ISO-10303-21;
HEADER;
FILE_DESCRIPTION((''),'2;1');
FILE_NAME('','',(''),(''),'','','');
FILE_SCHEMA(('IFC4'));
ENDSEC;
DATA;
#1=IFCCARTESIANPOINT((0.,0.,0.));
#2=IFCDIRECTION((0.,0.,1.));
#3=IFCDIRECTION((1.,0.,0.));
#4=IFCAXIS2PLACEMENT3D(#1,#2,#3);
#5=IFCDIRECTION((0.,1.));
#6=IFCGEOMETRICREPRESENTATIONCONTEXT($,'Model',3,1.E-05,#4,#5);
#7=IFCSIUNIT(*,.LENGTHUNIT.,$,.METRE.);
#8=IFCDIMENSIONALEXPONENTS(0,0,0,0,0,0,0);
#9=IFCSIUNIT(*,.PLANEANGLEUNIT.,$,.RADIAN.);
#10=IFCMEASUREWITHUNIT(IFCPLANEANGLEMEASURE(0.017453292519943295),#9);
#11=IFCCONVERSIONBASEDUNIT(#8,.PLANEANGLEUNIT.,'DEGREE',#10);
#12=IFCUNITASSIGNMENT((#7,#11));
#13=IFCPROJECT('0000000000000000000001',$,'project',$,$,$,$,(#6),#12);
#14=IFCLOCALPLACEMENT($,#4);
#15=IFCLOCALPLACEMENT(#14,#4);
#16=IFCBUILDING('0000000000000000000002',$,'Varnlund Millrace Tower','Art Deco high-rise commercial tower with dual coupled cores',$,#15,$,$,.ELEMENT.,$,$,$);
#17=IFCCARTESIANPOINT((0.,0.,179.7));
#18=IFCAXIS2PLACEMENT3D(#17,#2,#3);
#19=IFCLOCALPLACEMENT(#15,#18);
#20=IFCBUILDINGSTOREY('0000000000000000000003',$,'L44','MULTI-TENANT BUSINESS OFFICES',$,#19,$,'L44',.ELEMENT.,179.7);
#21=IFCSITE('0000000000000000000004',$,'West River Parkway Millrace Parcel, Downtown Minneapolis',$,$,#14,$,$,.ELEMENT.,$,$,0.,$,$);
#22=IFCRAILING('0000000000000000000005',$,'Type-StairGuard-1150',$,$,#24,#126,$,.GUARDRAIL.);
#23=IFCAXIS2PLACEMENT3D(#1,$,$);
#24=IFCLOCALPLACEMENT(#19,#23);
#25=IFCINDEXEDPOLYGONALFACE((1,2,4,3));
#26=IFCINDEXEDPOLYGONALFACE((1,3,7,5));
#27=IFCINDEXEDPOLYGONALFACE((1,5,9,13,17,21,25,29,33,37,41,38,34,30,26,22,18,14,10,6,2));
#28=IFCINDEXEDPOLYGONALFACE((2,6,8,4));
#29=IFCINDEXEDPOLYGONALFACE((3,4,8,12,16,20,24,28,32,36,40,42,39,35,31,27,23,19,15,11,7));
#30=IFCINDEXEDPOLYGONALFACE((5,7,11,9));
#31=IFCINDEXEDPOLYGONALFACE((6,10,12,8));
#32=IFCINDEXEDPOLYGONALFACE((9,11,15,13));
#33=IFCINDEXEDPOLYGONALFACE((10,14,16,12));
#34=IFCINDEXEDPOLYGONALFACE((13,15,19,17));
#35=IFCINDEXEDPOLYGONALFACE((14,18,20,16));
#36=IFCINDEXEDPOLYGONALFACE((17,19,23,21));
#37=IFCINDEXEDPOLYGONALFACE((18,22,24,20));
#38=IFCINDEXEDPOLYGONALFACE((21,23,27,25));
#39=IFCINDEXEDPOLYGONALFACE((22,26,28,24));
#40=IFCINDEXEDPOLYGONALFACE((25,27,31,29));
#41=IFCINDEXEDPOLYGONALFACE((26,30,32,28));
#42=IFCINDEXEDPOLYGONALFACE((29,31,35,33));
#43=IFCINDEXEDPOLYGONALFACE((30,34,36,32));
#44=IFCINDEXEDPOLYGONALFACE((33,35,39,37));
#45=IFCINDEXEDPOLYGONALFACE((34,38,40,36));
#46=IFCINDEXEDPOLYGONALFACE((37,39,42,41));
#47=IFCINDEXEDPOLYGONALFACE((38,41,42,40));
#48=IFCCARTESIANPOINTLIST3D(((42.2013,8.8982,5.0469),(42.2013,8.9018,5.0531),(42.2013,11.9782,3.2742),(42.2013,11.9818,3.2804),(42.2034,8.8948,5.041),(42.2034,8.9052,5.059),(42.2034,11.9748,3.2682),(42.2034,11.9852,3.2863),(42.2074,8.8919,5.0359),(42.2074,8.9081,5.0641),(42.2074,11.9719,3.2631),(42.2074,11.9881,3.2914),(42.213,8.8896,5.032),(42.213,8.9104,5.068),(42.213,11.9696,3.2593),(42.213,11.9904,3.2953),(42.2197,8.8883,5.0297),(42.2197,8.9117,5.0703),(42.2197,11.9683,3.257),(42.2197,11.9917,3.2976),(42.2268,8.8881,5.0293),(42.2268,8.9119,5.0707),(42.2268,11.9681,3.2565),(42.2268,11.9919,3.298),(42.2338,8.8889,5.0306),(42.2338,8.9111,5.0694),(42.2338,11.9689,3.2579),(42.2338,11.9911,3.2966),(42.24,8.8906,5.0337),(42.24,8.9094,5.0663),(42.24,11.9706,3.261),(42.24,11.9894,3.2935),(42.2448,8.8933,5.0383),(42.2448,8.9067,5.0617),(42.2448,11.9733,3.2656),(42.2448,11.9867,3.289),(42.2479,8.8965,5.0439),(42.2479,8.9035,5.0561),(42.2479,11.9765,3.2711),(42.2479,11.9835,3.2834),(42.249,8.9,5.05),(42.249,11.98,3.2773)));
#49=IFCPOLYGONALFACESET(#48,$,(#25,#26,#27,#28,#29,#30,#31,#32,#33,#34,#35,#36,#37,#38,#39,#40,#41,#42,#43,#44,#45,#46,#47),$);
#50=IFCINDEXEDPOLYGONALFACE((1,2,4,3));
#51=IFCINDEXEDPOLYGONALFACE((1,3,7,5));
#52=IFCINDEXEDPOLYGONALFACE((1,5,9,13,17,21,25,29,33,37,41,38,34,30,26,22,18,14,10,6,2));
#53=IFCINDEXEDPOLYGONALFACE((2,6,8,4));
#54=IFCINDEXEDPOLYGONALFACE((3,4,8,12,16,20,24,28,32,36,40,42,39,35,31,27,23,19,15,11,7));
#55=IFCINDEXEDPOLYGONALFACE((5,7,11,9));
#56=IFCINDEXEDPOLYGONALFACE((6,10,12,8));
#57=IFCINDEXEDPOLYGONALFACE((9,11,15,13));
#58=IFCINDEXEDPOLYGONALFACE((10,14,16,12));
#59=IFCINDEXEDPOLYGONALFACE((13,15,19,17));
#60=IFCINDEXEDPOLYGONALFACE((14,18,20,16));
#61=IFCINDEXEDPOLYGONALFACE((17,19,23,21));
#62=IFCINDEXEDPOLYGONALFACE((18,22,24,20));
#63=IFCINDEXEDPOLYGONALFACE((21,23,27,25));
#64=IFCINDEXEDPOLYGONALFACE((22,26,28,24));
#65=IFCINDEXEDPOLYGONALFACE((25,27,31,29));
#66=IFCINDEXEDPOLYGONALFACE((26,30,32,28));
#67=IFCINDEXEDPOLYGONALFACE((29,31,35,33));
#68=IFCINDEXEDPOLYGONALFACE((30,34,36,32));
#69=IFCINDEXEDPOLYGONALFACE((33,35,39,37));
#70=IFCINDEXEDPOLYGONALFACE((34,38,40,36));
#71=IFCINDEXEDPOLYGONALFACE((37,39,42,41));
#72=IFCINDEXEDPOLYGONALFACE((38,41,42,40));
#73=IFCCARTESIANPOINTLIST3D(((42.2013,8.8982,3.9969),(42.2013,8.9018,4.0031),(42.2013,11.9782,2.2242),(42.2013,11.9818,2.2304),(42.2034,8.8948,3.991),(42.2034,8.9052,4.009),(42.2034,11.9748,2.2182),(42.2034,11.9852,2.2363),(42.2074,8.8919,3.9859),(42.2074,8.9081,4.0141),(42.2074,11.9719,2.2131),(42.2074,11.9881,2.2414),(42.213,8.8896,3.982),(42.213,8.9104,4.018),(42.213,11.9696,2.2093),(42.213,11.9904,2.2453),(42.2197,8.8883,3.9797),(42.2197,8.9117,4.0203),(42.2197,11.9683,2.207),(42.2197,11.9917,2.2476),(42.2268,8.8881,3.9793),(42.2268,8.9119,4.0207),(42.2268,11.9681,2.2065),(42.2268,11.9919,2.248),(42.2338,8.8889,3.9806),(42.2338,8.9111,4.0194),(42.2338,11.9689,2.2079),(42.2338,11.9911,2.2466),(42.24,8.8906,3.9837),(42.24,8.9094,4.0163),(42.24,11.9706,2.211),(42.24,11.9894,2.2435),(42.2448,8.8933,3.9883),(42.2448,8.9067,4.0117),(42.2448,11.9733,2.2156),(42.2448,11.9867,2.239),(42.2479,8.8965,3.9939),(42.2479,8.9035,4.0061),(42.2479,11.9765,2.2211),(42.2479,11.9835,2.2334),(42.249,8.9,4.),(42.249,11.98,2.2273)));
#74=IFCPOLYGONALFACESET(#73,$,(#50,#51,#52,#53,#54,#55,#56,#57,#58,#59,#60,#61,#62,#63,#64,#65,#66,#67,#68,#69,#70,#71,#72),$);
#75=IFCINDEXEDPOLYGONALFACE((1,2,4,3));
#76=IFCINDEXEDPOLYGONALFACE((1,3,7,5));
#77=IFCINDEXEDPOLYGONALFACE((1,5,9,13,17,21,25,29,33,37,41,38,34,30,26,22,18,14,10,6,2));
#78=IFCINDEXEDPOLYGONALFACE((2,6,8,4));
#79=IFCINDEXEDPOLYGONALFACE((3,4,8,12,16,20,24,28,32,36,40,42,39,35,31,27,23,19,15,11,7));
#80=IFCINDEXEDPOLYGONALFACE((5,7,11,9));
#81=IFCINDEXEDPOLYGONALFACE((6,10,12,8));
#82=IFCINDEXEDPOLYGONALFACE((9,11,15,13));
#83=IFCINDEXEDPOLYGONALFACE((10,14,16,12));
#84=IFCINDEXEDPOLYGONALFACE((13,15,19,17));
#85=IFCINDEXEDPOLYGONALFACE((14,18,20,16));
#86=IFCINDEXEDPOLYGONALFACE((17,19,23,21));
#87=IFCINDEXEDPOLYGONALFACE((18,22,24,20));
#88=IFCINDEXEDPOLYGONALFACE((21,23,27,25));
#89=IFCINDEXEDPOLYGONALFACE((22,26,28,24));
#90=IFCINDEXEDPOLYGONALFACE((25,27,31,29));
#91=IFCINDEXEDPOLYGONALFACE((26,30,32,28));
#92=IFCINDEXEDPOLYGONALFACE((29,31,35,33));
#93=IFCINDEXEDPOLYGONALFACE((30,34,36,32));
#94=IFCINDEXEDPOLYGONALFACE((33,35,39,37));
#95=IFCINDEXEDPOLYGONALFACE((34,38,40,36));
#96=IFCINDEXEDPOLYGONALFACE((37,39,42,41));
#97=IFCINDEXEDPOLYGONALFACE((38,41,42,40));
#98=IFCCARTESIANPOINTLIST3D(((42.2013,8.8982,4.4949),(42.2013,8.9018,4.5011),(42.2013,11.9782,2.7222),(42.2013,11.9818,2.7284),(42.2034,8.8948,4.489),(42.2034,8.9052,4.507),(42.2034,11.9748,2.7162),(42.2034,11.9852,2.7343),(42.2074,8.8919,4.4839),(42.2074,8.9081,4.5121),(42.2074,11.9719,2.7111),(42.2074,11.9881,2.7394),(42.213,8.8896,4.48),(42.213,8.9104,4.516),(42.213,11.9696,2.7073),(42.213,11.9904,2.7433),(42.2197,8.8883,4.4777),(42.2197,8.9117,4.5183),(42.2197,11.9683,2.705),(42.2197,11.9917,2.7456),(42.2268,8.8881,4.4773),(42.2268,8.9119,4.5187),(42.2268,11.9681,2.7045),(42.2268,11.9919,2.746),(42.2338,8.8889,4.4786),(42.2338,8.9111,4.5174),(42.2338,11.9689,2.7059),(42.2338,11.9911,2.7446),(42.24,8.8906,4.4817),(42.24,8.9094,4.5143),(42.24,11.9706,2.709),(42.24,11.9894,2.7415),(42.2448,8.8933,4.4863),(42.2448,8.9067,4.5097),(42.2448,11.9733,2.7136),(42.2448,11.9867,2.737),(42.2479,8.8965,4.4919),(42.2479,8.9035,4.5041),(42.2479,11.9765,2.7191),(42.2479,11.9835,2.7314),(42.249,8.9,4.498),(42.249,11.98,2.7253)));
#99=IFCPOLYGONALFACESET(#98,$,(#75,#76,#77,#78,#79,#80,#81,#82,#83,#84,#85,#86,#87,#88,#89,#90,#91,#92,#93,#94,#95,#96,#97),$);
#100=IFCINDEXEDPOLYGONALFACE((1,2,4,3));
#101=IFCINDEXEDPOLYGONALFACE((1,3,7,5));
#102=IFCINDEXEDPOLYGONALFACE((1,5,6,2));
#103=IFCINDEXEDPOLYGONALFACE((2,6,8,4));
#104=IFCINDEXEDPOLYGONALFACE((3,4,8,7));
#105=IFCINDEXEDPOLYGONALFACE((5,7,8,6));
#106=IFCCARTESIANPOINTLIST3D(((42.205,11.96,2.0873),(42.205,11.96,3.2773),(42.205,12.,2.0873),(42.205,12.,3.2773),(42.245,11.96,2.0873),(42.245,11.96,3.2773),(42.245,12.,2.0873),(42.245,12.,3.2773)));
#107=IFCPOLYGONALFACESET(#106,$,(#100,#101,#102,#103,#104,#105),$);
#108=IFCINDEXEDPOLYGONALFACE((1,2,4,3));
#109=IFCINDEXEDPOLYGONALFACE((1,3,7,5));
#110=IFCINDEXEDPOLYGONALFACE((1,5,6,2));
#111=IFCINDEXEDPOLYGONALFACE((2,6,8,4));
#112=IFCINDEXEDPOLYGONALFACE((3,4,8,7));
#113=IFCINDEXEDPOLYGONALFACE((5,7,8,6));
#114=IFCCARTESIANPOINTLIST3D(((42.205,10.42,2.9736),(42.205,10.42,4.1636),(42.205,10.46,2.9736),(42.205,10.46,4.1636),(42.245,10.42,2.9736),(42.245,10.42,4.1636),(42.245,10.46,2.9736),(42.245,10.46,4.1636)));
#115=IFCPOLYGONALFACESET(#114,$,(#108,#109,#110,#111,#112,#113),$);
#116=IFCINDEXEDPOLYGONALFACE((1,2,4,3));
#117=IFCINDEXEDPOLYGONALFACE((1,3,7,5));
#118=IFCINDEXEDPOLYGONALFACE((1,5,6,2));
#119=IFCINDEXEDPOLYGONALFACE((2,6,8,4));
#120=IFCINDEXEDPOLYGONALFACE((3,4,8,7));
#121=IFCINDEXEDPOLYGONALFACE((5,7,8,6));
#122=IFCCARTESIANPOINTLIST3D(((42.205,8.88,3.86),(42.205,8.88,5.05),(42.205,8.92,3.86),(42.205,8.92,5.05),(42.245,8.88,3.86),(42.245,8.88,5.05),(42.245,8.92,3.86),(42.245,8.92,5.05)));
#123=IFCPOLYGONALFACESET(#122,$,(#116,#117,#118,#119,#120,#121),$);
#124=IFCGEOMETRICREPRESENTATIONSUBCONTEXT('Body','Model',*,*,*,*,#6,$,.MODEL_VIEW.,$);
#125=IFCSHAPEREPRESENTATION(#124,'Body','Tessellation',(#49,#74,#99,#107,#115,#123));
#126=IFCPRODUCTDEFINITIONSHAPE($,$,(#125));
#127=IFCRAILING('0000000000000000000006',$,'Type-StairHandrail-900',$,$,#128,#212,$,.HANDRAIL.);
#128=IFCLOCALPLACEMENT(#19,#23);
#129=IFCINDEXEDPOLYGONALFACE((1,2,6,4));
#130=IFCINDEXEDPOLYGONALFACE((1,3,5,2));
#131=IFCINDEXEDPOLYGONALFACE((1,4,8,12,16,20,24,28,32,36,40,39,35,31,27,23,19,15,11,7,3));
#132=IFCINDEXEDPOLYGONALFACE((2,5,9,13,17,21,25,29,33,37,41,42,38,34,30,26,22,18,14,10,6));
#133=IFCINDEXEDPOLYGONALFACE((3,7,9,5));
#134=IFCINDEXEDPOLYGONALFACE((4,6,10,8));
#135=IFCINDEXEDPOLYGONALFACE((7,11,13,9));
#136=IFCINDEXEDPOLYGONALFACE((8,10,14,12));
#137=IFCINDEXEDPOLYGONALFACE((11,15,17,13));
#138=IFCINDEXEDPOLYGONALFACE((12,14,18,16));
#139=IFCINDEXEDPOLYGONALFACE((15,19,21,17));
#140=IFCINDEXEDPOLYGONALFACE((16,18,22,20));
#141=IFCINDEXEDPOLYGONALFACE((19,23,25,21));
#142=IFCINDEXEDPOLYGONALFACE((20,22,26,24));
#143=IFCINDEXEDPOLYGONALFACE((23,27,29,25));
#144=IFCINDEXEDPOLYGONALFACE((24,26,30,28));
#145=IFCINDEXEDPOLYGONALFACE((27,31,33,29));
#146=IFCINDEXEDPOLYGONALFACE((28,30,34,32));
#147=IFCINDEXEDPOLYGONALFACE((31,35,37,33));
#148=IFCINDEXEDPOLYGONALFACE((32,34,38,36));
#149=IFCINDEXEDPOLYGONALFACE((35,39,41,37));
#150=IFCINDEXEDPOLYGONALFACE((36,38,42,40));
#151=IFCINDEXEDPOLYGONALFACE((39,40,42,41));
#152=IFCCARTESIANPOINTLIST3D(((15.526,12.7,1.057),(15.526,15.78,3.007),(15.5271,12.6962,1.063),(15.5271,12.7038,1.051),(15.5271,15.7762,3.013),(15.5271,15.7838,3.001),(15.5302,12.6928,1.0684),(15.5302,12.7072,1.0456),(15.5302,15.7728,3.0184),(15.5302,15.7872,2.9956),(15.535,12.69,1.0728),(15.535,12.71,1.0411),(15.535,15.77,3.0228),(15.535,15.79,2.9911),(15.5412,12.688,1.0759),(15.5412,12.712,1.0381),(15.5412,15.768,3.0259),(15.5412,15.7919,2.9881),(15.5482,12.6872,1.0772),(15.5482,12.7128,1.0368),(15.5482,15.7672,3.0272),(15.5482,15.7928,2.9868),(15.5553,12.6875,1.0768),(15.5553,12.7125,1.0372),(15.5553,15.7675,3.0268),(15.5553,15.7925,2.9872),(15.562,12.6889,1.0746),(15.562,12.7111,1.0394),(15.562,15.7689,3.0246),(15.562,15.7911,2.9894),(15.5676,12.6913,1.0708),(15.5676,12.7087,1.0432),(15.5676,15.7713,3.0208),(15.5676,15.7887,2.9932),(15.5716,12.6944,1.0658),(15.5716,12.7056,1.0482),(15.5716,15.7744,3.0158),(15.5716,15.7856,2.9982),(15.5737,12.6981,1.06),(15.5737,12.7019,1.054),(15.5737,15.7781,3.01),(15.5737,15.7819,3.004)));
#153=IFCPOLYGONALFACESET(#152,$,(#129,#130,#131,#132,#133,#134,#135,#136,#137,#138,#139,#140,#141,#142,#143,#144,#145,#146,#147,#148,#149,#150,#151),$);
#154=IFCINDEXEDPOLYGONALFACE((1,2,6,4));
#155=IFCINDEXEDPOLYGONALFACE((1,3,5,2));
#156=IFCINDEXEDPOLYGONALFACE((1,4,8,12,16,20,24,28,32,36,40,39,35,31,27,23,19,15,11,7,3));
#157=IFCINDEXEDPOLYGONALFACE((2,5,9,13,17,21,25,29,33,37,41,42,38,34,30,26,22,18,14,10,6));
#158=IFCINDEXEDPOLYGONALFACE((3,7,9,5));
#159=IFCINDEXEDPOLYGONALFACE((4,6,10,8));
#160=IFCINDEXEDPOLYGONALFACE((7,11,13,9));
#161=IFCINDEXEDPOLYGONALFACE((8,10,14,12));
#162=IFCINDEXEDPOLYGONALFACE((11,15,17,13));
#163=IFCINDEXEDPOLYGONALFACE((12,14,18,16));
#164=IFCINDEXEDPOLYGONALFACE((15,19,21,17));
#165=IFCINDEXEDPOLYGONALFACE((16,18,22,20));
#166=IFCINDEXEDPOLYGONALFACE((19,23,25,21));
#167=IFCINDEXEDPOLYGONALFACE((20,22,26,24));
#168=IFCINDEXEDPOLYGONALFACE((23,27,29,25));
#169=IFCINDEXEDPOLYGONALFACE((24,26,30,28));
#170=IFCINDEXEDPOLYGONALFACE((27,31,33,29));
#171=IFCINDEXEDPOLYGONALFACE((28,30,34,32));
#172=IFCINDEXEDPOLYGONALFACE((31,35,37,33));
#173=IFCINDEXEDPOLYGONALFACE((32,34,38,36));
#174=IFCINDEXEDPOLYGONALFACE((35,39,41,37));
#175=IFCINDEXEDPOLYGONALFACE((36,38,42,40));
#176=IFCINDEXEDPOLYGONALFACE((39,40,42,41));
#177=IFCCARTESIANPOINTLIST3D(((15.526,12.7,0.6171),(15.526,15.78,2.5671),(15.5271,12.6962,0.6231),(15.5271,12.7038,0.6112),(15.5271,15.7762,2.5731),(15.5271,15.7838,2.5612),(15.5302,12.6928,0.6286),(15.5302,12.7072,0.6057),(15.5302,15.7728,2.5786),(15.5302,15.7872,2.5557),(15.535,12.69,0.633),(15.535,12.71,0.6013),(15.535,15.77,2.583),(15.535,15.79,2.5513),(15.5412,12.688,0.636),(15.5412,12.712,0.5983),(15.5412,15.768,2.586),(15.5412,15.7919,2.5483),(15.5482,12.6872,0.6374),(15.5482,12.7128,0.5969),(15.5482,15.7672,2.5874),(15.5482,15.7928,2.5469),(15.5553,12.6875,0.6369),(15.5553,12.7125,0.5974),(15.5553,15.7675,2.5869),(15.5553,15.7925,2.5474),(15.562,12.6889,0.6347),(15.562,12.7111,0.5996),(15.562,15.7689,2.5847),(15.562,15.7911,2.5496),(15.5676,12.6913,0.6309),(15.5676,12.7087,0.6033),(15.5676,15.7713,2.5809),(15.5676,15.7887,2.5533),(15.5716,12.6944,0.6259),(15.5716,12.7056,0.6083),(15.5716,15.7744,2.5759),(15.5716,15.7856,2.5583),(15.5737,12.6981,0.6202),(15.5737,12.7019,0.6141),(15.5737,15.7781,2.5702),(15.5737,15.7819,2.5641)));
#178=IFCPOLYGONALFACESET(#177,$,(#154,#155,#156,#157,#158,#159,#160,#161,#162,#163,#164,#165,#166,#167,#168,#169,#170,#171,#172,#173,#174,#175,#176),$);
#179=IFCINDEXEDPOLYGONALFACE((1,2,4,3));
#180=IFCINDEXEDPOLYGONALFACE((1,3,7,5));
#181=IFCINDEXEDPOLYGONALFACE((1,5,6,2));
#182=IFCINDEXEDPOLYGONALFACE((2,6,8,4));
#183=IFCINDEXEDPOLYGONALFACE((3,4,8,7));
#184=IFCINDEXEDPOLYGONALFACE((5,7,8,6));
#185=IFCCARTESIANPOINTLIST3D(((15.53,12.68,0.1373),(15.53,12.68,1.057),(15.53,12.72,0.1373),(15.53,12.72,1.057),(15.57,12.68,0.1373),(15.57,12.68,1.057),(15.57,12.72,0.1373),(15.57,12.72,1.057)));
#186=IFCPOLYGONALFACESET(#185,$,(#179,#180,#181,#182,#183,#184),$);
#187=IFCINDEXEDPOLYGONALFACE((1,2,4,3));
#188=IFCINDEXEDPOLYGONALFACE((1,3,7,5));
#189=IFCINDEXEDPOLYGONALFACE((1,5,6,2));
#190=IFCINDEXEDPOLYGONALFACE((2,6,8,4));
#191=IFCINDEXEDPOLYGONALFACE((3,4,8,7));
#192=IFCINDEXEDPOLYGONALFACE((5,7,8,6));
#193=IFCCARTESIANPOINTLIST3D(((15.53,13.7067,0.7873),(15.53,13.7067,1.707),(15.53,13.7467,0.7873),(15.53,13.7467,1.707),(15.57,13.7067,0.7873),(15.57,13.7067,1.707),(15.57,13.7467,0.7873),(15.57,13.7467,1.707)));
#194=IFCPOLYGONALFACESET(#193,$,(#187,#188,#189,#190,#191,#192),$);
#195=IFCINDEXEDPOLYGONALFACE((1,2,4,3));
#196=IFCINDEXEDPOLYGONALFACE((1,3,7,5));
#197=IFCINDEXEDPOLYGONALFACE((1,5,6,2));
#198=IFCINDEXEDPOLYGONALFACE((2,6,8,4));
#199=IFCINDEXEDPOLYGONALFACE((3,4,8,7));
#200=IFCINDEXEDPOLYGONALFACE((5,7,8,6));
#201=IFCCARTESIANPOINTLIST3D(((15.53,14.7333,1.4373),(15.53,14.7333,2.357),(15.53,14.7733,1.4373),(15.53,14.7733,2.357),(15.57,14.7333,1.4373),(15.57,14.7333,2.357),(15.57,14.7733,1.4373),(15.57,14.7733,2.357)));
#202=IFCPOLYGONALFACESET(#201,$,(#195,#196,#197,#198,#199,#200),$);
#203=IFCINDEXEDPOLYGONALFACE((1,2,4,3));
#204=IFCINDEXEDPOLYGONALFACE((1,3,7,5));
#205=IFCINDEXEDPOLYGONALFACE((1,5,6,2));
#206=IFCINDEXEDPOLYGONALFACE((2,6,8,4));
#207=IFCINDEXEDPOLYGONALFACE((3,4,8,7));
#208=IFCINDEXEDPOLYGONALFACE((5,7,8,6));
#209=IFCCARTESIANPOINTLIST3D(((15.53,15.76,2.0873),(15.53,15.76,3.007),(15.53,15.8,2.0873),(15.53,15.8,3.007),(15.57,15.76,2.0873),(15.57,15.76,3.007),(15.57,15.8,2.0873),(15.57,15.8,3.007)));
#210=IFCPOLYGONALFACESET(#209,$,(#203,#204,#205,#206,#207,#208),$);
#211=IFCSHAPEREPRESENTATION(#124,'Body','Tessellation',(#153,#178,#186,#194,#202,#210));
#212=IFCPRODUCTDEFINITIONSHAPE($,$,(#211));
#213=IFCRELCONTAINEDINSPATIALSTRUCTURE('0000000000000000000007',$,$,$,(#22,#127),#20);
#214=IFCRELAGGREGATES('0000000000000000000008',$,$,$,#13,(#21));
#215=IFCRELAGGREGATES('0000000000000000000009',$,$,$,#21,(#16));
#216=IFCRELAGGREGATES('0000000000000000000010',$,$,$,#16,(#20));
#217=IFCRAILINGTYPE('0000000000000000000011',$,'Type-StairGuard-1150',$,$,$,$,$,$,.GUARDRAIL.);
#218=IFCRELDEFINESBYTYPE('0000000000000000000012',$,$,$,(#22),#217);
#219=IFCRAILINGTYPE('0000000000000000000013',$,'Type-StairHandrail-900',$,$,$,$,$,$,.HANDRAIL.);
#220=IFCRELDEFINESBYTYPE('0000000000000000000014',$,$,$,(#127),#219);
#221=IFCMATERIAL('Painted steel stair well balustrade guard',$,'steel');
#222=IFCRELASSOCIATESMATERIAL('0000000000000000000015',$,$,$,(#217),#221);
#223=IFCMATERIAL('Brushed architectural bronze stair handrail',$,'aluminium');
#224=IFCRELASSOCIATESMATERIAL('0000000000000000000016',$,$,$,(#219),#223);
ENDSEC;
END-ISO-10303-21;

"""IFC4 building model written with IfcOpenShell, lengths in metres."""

from ifc_helpers import new_model, entity, si_unit, converted_unit, direction, frame, origin_with_axes, origin_2d_with_axis, place, context, subcontext, project, spatial, rectangle, circle, extrude, material, type_object, element, save


model = new_model("IFC4")

# Units and contexts
model_context = context("Model", 3, precision=1e-05, world=origin_with_axes(), true_north=direction((0.0, 1.0)))
body_context = subcontext(model_context, "Body", "Model", "MODEL_VIEW")
ifc_project = project(units=[si_unit("LENGTHUNIT", "METRE"), converted_unit("PLANEANGLEUNIT", "DEGREE", entity("IfcPlaneAngleMeasure", 0.017453292519943295), si_unit("PLANEANGLEUNIT", "RADIAN"), dimensions=[0, 0, 0, 0, 0, 0, 0])], contexts=[model_context])

# Site, building, storey
site_placement = place(None, origin_with_axes())
site = spatial("IfcSite", under=ifc_project, at=site_placement, Name="West River Parkway Millrace Parcel, Downtown Minneapolis", CompositionType="ELEMENT", RefElevation=0.0)
building_placement = place(site_placement, origin_with_axes())
building = spatial("IfcBuilding", under=site, at=building_placement, Name="Varnlund Millrace Tower", Description="Art Deco high-rise commercial tower with dual coupled cores", CompositionType="ELEMENT")
storey_placement = place(building_placement, frame((0.0, 0.0, 179.7), z_axis=(0.0, 0.0, 1.0), x_axis=(1.0, 0.0, 0.0)))
storey = spatial("IfcBuildingStorey", under=building, at=storey_placement, Name="L44", Description="MULTI-TENANT BUSINESS OFFICES", LongName="L44", CompositionType="ELEMENT", Elevation=179.7)

# Railings
ifc_material_1 = material(Name="Painted steel stair well balustrade guard", Category="steel")
railing_type_1 = type_object("IfcRailingType", Name="Type-StairGuard-1150", PredefinedType="GUARDRAIL", material=ifc_material_1)
railing_1_placement = place(storey_placement, frame((0.0, 0.0, -179.7), z_axis=(0.0, 0.0, 1.0), x_axis=(1.0, 0.0, 0.0)))
element("IfcRailing", 1, at=railing_1_placement, inside=storey, type_object=railing_type_1, Name="Type-StairGuard-1150", PredefinedType="GUARDRAIL", context=body_context, shape_type="SweptSolid", body=[
    extrude(circle(Radius=0.024, at=origin_2d_with_axis()), frame((42.225, 11.98, 182.9773), z_axis=(0.0, -0.866696, 0.498836), x_axis=(1.0, 0.0, 0.0)), (0.0, 0.0, 1.0), 3.5537),
    extrude(circle(Radius=0.024, at=origin_2d_with_axis()), frame((42.225, 11.98, 181.9273), z_axis=(0.0, -0.866696, 0.498836), x_axis=(1.0, 0.0, 0.0)), (0.0, 0.0, 1.0), 3.5537),
    extrude(circle(Radius=0.024, at=origin_2d_with_axis()), frame((42.225, 11.98, 182.4253), z_axis=(0.0, -0.866696, 0.498836), x_axis=(1.0, 0.0, 0.0)), (0.0, 0.0, 1.0), 3.5537),
    extrude(rectangle(XDim=0.04, YDim=0.04, at=origin_2d_with_axis()), frame((42.225, 11.98, 181.7873), z_axis=(0.0, 0.0, 1.0), x_axis=(1.0, 0.0, 0.0)), (0.0, 0.0, 1.0), 1.19),
    extrude(rectangle(XDim=0.04, YDim=0.04, at=origin_2d_with_axis()), frame((42.225, 10.44, 182.6736), z_axis=(0.0, 0.0, 1.0), x_axis=(1.0, 0.0, 0.0)), (0.0, 0.0, 1.0), 1.19),
    extrude(rectangle(XDim=0.04, YDim=0.04, at=origin_2d_with_axis()), frame((42.225, 8.9, 183.56), z_axis=(0.0, 0.0, 1.0), x_axis=(1.0, 0.0, 0.0)), (0.0, 0.0, 1.0), 1.19),
])
ifc_material_2 = material(Name="Brushed architectural bronze stair handrail", Category="aluminium")
railing_type_2 = type_object("IfcRailingType", Name="Type-StairHandrail-900", PredefinedType="HANDRAIL", material=ifc_material_2)
railing_2_placement = place(storey_placement, frame((0.0, 0.0, -179.7), z_axis=(0.0, 0.0, 1.0), x_axis=(1.0, 0.0, 0.0)))
element("IfcRailing", 2, at=railing_2_placement, inside=storey, type_object=railing_type_2, Name="Type-StairHandrail-900", PredefinedType="HANDRAIL", context=body_context, shape_type="SweptSolid", body=[
    extrude(circle(Radius=0.024, at=origin_2d_with_axis()), frame((15.55, 12.7, 180.757), z_axis=(0.0, 0.844902, 0.534922), x_axis=(-1.0, 0.0, 0.0)), (0.0, 0.0, 1.0), 3.6454),
    extrude(circle(Radius=0.024, at=origin_2d_with_axis()), frame((15.55, 12.7, 180.3171), z_axis=(0.0, 0.844902, 0.534922), x_axis=(-1.0, 0.0, 0.0)), (0.0, 0.0, 1.0), 3.6454),
    extrude(rectangle(XDim=0.04, YDim=0.04, at=origin_2d_with_axis()), frame((15.55, 12.7, 179.8373), z_axis=(0.0, 0.0, 1.0), x_axis=(1.0, 0.0, 0.0)), (0.0, 0.0, 1.0), 0.9197),
    extrude(rectangle(XDim=0.04, YDim=0.04, at=origin_2d_with_axis()), frame((15.55, 13.7267, 180.4873), z_axis=(0.0, 0.0, 1.0), x_axis=(1.0, 0.0, 0.0)), (0.0, 0.0, 1.0), 0.9197),
    extrude(rectangle(XDim=0.04, YDim=0.04, at=origin_2d_with_axis()), frame((15.55, 14.7533, 181.1373), z_axis=(0.0, 0.0, 1.0), x_axis=(1.0, 0.0, 0.0)), (0.0, 0.0, 1.0), 0.9197),
    extrude(rectangle(XDim=0.04, YDim=0.04, at=origin_2d_with_axis()), frame((15.55, 15.78, 181.7873), z_axis=(0.0, 0.0, 1.0), x_axis=(1.0, 0.0, 0.0)), (0.0, 0.0, 1.0), 0.9197),
])

save(model, "model.ifc")
